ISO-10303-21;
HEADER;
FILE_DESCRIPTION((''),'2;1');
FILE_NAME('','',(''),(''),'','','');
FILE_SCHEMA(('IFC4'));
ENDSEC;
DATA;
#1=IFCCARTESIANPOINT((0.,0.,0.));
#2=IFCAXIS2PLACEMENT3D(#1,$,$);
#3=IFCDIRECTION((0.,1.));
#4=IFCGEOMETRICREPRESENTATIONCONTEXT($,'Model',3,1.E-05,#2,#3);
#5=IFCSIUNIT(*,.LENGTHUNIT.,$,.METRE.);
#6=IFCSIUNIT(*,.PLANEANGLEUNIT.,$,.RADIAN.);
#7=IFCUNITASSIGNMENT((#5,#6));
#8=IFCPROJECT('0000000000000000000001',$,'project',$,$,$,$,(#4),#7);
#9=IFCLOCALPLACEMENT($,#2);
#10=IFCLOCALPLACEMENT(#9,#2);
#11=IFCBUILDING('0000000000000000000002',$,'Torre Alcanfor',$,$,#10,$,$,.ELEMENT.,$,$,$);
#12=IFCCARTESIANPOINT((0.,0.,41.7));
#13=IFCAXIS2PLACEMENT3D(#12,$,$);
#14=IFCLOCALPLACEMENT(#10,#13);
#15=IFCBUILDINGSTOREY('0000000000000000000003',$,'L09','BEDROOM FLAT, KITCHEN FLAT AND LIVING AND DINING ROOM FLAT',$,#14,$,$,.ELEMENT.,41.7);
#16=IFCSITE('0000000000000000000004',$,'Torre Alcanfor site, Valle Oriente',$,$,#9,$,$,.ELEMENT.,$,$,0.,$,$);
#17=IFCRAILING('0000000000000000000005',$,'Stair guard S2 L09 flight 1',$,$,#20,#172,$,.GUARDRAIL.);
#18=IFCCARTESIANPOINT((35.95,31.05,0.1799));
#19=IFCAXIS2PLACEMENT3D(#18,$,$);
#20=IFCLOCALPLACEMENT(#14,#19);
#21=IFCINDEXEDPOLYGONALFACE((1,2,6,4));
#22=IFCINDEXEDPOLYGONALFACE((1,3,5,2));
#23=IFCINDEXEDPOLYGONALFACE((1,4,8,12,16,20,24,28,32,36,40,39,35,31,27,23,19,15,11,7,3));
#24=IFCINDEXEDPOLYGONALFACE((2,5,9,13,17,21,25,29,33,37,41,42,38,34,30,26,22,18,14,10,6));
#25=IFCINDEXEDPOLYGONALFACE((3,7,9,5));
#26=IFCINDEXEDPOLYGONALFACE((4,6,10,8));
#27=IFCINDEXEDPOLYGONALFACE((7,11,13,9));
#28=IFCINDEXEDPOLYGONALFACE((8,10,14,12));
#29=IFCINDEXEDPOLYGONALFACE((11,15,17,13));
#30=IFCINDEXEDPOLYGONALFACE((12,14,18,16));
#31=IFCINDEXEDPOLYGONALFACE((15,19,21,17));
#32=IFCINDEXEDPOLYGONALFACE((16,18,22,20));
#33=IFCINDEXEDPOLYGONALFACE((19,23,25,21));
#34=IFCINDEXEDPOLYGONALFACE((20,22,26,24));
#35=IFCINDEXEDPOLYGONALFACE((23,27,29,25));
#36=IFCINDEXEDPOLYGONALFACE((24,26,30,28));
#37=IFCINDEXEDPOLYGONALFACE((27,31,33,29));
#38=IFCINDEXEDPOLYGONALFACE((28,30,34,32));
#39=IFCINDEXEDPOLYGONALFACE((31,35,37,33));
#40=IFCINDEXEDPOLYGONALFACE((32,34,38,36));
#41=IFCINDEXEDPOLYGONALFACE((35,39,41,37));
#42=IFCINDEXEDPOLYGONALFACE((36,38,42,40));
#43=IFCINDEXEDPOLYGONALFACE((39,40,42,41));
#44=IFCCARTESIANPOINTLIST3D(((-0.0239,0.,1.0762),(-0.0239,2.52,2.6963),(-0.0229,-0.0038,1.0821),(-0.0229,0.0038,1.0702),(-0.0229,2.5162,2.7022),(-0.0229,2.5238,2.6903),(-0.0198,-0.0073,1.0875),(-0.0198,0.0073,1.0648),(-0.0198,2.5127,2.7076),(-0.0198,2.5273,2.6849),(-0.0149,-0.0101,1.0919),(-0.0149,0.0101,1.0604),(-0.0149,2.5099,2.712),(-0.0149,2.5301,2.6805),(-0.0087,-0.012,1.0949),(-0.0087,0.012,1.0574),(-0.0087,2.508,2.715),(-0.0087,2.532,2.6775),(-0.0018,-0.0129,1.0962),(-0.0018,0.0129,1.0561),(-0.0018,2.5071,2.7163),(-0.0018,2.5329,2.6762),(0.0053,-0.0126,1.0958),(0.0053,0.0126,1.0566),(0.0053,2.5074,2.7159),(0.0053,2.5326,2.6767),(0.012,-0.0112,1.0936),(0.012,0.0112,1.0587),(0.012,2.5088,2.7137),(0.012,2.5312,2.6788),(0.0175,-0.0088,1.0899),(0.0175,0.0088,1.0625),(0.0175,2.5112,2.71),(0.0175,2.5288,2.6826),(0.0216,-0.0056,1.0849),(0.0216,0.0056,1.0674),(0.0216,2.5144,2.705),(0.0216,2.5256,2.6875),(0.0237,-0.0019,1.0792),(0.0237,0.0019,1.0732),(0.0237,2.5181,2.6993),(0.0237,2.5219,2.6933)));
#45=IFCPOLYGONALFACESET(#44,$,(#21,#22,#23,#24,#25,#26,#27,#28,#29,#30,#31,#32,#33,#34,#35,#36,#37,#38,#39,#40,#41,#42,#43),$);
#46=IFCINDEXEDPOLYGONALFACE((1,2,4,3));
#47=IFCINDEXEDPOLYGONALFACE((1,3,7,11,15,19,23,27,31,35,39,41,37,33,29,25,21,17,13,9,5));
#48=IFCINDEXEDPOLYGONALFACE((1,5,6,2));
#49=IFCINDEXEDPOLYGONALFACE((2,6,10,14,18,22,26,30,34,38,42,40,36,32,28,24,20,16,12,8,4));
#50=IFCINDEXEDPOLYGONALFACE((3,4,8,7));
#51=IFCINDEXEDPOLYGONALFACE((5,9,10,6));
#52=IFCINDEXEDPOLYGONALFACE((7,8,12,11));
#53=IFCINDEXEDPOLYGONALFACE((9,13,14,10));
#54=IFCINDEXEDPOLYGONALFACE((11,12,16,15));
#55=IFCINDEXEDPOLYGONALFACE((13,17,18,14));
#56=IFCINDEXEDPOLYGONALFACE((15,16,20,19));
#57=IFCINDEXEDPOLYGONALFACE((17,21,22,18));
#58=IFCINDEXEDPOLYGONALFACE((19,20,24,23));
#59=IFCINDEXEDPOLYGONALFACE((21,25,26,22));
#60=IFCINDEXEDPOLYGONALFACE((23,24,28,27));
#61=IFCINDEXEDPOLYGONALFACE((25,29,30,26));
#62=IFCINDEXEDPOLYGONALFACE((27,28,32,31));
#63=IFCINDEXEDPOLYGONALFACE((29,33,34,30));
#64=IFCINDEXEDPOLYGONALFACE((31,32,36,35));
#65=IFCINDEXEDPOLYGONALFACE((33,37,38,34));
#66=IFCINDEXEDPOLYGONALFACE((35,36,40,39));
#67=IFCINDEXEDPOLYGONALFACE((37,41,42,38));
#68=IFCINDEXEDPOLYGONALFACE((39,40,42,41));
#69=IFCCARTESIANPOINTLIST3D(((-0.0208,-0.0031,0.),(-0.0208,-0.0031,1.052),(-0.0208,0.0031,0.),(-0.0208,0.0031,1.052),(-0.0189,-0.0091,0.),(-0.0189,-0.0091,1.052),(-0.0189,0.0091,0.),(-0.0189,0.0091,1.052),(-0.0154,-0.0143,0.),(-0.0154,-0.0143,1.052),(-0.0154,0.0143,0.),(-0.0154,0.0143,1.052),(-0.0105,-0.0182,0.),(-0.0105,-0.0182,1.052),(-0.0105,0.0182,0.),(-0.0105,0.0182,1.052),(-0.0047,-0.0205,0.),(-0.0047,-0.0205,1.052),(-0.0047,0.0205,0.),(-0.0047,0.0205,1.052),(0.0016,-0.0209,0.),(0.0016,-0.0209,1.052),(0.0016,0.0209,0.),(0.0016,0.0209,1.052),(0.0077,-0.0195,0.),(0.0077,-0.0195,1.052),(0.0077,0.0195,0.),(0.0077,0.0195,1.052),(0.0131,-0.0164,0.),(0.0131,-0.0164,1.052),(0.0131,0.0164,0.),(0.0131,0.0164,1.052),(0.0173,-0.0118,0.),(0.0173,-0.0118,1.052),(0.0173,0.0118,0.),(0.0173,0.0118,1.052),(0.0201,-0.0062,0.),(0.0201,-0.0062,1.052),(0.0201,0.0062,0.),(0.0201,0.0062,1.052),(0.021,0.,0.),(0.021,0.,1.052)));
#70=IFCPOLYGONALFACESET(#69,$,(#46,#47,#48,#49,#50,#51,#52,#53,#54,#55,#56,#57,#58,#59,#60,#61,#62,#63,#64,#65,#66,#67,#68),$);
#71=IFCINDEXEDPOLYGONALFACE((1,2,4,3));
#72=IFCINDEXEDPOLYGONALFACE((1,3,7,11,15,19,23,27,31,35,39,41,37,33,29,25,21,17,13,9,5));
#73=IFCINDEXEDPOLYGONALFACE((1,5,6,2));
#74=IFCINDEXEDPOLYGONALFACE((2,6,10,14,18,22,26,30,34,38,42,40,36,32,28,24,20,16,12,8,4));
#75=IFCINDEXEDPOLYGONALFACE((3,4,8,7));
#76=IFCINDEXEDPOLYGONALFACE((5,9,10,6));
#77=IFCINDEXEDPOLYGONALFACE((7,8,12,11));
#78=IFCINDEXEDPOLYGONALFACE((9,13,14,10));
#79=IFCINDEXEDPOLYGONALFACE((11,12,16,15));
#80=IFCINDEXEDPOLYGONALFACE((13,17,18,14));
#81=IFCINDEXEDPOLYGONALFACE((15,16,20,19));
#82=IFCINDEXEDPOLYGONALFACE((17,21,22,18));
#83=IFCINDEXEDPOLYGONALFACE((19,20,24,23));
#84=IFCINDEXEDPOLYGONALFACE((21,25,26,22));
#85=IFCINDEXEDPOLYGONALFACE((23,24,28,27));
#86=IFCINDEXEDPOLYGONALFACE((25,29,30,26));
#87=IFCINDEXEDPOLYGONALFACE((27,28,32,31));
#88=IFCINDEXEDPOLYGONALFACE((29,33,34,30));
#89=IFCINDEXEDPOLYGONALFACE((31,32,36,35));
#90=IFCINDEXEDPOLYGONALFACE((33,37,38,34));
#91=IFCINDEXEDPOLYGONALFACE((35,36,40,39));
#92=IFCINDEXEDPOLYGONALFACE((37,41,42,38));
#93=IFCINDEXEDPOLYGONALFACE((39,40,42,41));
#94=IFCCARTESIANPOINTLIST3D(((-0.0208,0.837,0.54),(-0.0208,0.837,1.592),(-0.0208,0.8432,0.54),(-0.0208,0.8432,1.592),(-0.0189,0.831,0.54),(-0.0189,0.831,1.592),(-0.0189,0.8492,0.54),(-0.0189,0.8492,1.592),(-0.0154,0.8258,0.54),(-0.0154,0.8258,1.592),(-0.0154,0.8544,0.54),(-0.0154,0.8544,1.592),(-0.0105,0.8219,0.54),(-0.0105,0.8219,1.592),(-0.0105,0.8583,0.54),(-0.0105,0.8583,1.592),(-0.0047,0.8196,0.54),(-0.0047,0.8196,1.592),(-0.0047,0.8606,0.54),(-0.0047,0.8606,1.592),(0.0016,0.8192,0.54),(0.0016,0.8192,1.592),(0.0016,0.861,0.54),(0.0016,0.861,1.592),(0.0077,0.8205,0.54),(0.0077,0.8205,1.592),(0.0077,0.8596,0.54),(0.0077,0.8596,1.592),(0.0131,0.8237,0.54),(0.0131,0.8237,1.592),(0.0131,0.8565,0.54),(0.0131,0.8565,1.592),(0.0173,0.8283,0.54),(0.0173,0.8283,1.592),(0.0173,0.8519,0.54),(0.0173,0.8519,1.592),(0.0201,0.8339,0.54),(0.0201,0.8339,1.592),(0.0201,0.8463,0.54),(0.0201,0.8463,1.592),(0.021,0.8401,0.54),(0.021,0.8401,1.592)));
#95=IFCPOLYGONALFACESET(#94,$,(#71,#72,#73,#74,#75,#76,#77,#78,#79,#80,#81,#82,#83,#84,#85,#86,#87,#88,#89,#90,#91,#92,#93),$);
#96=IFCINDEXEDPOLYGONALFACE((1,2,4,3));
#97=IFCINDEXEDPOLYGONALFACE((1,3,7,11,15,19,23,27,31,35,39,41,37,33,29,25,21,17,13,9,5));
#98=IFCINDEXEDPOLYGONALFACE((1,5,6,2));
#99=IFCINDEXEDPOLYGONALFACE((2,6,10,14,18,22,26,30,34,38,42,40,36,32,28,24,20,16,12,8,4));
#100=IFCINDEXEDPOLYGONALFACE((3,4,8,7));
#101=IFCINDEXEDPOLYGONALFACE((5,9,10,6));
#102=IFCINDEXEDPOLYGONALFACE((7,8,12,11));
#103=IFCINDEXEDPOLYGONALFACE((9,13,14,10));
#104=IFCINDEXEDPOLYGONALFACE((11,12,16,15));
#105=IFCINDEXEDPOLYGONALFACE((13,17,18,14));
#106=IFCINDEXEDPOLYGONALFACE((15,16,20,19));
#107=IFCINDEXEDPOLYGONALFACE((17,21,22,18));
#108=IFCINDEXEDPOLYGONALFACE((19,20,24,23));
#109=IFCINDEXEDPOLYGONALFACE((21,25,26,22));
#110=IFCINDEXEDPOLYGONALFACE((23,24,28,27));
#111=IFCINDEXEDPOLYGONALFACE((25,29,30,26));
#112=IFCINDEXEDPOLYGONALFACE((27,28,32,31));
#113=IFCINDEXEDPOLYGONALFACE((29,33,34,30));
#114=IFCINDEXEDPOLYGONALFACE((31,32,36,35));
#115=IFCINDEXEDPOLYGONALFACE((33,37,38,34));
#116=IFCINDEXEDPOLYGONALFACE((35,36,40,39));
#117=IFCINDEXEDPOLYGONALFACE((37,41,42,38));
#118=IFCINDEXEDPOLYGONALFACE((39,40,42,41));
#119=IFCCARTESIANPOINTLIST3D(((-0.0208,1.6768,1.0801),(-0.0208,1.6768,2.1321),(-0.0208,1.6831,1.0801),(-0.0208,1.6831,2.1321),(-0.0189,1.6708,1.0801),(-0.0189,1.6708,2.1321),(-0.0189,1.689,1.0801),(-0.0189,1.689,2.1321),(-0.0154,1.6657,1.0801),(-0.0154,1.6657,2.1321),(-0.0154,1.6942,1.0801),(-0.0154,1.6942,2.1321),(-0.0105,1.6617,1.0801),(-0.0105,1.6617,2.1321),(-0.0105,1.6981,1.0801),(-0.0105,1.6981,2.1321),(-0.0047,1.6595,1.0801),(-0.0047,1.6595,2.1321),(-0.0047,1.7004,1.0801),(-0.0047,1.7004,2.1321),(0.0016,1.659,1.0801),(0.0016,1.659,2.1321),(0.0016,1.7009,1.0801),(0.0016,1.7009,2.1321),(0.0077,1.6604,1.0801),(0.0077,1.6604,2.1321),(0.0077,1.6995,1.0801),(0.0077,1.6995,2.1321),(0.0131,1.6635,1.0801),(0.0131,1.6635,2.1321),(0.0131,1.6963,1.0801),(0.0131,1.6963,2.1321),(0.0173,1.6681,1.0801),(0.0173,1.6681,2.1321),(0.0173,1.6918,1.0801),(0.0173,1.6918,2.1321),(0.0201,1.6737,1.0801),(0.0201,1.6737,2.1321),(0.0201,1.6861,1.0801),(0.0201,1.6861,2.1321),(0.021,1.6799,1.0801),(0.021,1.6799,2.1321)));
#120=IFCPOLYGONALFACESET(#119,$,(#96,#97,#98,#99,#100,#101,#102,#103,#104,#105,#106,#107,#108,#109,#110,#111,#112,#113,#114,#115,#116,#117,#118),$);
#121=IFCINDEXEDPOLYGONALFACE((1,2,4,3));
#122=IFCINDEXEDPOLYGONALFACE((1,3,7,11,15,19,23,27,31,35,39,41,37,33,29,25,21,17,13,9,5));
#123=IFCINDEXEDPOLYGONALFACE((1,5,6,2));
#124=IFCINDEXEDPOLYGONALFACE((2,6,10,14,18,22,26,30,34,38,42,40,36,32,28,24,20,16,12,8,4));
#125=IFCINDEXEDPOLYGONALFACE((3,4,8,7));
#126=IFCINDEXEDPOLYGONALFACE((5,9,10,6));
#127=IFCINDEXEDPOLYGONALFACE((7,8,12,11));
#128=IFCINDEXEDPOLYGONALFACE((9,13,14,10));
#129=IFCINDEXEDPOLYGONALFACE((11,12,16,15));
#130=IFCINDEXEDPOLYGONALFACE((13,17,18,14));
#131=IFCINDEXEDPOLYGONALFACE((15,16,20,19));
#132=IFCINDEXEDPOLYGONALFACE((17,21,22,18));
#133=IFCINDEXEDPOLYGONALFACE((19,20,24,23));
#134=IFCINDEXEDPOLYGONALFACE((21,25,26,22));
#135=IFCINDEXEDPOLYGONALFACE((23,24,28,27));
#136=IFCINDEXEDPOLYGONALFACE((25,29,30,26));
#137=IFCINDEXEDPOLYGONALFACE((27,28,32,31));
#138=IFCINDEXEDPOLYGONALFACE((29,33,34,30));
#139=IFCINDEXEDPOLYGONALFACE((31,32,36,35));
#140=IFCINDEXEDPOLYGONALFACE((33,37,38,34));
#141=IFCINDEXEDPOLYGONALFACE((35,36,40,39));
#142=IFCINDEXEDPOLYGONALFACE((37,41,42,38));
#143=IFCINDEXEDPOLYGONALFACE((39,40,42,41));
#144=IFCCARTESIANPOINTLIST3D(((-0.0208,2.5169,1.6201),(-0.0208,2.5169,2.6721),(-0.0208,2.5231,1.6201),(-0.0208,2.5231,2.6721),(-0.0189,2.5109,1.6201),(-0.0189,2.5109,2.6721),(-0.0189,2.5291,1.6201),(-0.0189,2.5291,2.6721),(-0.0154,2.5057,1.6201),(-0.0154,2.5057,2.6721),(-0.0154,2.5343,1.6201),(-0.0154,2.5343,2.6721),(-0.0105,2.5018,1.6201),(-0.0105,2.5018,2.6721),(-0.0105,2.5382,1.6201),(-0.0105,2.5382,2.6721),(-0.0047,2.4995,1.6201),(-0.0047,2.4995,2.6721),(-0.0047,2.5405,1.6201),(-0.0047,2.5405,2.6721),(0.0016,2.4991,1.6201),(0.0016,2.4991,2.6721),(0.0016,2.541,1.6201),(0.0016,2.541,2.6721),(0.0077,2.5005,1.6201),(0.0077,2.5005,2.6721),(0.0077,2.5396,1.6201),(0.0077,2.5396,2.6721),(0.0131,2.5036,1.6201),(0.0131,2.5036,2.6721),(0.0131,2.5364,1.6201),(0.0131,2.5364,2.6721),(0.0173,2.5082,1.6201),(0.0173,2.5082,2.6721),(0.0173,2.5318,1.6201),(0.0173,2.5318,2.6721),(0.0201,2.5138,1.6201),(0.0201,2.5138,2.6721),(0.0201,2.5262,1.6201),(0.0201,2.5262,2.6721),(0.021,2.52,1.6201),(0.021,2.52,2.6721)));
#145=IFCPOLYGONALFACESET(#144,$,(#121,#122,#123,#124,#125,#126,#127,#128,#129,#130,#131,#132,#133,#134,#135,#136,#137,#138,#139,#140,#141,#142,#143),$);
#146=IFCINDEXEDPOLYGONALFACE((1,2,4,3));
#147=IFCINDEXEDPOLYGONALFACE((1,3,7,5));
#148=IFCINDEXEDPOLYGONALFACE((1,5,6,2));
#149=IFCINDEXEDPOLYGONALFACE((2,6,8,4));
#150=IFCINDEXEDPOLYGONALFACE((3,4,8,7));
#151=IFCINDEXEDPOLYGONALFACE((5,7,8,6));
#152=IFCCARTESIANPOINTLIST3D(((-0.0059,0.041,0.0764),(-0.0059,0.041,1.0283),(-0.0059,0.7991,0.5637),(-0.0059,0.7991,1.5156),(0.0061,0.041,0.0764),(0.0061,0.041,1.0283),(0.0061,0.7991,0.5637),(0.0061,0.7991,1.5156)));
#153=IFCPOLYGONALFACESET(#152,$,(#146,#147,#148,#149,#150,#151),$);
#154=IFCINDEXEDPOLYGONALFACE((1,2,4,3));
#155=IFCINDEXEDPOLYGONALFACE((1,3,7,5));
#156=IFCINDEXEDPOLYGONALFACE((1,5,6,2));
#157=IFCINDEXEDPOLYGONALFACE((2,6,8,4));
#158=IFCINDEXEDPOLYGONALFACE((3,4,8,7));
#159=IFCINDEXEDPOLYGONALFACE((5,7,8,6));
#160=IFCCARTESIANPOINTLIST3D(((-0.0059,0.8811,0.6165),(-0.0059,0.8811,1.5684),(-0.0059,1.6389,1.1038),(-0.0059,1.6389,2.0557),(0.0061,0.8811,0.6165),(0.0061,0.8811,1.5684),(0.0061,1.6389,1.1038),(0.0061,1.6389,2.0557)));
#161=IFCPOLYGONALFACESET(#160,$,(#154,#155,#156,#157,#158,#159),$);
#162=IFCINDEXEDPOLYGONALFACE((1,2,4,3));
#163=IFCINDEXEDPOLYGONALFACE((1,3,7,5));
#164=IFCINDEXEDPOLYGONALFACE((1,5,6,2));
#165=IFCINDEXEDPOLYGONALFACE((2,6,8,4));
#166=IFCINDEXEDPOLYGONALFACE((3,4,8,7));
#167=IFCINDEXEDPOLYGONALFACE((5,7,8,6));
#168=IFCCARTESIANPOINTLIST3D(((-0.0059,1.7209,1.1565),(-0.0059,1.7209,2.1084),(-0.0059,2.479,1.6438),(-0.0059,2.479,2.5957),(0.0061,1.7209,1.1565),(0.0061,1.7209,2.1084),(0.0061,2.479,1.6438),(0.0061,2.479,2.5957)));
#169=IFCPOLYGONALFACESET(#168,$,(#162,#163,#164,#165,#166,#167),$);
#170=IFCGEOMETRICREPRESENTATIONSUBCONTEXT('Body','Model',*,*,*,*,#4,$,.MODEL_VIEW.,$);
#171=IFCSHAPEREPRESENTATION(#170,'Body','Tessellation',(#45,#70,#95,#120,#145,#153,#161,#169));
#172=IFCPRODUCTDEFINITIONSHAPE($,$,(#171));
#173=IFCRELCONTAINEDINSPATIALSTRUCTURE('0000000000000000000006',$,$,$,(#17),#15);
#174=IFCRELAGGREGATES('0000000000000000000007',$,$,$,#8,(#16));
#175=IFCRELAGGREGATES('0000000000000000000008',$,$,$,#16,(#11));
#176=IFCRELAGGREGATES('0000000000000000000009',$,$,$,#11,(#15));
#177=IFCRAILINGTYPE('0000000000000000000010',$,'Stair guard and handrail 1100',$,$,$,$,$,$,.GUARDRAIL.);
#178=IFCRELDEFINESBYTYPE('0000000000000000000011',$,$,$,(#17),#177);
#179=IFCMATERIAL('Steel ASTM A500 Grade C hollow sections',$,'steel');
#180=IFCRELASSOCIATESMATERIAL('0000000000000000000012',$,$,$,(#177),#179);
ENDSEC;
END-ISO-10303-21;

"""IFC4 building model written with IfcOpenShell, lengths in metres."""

from ifc_helpers import new_model, si_unit, direction, frame, origin, origin_2d, place, context, subcontext, project, spatial, polyline, circle, outline, extrude, material, type_object, element, save


model = new_model("IFC4")

# Units and contexts
model_context = context("Model", 3, precision=1e-05, world=origin(), true_north=direction((0.0, 1.0)))
body_context = subcontext(model_context, "Body", "Model", "MODEL_VIEW")
ifc_project = project(units=[si_unit("LENGTHUNIT", "METRE"), si_unit("PLANEANGLEUNIT", "RADIAN")], contexts=[model_context])

# Site, building, storey
site_placement = place(None, origin())
site = spatial("IfcSite", under=ifc_project, at=site_placement, Name="Torre Alcanfor site, Valle Oriente", CompositionType="ELEMENT", RefElevation=0.0)
building_placement = place(site_placement, origin())
building = spatial("IfcBuilding", under=site, at=building_placement, Name="Torre Alcanfor", CompositionType="ELEMENT")
storey_placement = place(building_placement, frame((0.0, 0.0, 41.7)))
storey = spatial("IfcBuildingStorey", under=building, at=storey_placement, Name="L09", Description="BEDROOM FLAT, KITCHEN FLAT AND LIVING AND DINING ROOM FLAT", CompositionType="ELEMENT", Elevation=41.7)

# Railing
ifc_material_1 = material(Name="Steel ASTM A500 Grade C hollow sections", Category="steel")
railing_type_1 = type_object("IfcRailingType", Name="Stair guard and handrail 1100", PredefinedType="GUARDRAIL", material=ifc_material_1)
railing_1_placement = place(storey_placement, frame((35.95, 31.05, 0.1799)))
element("IfcRailing", 1, at=railing_1_placement, inside=storey, type_object=railing_type_1, Name="Stair guard S2 L09 flight 1", PredefinedType="GUARDRAIL", context=body_context, shape_type="SweptSolid", body=[
    extrude(circle(Radius=0.0239, at=origin_2d()), frame((0.0, 0.0, 1.0762), z_axis=(0.0, 0.841163, 0.540782), x_axis=(-1.0, 0.0, 0.0)), (0.0, 0.0, 1.0), 2.9958),
    extrude(circle(Radius=0.021, at=origin_2d()), origin(), (0.0, 0.0, 1.0), 1.052),
    extrude(circle(Radius=0.021, at=origin_2d()), frame((0.0, 0.8401, 0.54)), (0.0, 0.0, 1.0), 1.052),
    extrude(circle(Radius=0.021, at=origin_2d()), frame((0.0, 1.6799, 1.0801)), (0.0, 0.0, 1.0), 1.052),
    extrude(circle(Radius=0.021, at=origin_2d()), frame((0.0, 2.52, 1.6201)), (0.0, 0.0, 1.0), 1.052),
    extrude(outline(polyline([(0.041, 0.0764), (0.7991, 0.5637), (0.7991, 1.5156), (0.041, 1.0283), (0.041, 0.0764)])), frame((-0.0059, 0.0, 0.0), z_axis=(1.0, 0.0, 0.0), x_axis=(0.0, 1.0, 0.0)), (0.0, 0.0, 1.0), 0.012),
    extrude(outline(polyline([(0.8811, 0.6165), (1.6389, 1.1038), (1.6389, 2.0557), (0.8811, 1.5684), (0.8811, 0.6165)])), frame((-0.0059, 0.0, 0.0), z_axis=(1.0, 0.0, 0.0), x_axis=(0.0, 1.0, 0.0)), (0.0, 0.0, 1.0), 0.012),
    extrude(outline(polyline([(1.7209, 1.1565), (2.479, 1.6438), (2.479, 2.5957), (1.7209, 2.1084), (1.7209, 1.1565)])), frame((-0.0059, 0.0, 0.0), z_axis=(1.0, 0.0, 0.0), x_axis=(0.0, 1.0, 0.0)), (0.0, 0.0, 1.0), 0.012),
])

save(model, "model.ifc")
